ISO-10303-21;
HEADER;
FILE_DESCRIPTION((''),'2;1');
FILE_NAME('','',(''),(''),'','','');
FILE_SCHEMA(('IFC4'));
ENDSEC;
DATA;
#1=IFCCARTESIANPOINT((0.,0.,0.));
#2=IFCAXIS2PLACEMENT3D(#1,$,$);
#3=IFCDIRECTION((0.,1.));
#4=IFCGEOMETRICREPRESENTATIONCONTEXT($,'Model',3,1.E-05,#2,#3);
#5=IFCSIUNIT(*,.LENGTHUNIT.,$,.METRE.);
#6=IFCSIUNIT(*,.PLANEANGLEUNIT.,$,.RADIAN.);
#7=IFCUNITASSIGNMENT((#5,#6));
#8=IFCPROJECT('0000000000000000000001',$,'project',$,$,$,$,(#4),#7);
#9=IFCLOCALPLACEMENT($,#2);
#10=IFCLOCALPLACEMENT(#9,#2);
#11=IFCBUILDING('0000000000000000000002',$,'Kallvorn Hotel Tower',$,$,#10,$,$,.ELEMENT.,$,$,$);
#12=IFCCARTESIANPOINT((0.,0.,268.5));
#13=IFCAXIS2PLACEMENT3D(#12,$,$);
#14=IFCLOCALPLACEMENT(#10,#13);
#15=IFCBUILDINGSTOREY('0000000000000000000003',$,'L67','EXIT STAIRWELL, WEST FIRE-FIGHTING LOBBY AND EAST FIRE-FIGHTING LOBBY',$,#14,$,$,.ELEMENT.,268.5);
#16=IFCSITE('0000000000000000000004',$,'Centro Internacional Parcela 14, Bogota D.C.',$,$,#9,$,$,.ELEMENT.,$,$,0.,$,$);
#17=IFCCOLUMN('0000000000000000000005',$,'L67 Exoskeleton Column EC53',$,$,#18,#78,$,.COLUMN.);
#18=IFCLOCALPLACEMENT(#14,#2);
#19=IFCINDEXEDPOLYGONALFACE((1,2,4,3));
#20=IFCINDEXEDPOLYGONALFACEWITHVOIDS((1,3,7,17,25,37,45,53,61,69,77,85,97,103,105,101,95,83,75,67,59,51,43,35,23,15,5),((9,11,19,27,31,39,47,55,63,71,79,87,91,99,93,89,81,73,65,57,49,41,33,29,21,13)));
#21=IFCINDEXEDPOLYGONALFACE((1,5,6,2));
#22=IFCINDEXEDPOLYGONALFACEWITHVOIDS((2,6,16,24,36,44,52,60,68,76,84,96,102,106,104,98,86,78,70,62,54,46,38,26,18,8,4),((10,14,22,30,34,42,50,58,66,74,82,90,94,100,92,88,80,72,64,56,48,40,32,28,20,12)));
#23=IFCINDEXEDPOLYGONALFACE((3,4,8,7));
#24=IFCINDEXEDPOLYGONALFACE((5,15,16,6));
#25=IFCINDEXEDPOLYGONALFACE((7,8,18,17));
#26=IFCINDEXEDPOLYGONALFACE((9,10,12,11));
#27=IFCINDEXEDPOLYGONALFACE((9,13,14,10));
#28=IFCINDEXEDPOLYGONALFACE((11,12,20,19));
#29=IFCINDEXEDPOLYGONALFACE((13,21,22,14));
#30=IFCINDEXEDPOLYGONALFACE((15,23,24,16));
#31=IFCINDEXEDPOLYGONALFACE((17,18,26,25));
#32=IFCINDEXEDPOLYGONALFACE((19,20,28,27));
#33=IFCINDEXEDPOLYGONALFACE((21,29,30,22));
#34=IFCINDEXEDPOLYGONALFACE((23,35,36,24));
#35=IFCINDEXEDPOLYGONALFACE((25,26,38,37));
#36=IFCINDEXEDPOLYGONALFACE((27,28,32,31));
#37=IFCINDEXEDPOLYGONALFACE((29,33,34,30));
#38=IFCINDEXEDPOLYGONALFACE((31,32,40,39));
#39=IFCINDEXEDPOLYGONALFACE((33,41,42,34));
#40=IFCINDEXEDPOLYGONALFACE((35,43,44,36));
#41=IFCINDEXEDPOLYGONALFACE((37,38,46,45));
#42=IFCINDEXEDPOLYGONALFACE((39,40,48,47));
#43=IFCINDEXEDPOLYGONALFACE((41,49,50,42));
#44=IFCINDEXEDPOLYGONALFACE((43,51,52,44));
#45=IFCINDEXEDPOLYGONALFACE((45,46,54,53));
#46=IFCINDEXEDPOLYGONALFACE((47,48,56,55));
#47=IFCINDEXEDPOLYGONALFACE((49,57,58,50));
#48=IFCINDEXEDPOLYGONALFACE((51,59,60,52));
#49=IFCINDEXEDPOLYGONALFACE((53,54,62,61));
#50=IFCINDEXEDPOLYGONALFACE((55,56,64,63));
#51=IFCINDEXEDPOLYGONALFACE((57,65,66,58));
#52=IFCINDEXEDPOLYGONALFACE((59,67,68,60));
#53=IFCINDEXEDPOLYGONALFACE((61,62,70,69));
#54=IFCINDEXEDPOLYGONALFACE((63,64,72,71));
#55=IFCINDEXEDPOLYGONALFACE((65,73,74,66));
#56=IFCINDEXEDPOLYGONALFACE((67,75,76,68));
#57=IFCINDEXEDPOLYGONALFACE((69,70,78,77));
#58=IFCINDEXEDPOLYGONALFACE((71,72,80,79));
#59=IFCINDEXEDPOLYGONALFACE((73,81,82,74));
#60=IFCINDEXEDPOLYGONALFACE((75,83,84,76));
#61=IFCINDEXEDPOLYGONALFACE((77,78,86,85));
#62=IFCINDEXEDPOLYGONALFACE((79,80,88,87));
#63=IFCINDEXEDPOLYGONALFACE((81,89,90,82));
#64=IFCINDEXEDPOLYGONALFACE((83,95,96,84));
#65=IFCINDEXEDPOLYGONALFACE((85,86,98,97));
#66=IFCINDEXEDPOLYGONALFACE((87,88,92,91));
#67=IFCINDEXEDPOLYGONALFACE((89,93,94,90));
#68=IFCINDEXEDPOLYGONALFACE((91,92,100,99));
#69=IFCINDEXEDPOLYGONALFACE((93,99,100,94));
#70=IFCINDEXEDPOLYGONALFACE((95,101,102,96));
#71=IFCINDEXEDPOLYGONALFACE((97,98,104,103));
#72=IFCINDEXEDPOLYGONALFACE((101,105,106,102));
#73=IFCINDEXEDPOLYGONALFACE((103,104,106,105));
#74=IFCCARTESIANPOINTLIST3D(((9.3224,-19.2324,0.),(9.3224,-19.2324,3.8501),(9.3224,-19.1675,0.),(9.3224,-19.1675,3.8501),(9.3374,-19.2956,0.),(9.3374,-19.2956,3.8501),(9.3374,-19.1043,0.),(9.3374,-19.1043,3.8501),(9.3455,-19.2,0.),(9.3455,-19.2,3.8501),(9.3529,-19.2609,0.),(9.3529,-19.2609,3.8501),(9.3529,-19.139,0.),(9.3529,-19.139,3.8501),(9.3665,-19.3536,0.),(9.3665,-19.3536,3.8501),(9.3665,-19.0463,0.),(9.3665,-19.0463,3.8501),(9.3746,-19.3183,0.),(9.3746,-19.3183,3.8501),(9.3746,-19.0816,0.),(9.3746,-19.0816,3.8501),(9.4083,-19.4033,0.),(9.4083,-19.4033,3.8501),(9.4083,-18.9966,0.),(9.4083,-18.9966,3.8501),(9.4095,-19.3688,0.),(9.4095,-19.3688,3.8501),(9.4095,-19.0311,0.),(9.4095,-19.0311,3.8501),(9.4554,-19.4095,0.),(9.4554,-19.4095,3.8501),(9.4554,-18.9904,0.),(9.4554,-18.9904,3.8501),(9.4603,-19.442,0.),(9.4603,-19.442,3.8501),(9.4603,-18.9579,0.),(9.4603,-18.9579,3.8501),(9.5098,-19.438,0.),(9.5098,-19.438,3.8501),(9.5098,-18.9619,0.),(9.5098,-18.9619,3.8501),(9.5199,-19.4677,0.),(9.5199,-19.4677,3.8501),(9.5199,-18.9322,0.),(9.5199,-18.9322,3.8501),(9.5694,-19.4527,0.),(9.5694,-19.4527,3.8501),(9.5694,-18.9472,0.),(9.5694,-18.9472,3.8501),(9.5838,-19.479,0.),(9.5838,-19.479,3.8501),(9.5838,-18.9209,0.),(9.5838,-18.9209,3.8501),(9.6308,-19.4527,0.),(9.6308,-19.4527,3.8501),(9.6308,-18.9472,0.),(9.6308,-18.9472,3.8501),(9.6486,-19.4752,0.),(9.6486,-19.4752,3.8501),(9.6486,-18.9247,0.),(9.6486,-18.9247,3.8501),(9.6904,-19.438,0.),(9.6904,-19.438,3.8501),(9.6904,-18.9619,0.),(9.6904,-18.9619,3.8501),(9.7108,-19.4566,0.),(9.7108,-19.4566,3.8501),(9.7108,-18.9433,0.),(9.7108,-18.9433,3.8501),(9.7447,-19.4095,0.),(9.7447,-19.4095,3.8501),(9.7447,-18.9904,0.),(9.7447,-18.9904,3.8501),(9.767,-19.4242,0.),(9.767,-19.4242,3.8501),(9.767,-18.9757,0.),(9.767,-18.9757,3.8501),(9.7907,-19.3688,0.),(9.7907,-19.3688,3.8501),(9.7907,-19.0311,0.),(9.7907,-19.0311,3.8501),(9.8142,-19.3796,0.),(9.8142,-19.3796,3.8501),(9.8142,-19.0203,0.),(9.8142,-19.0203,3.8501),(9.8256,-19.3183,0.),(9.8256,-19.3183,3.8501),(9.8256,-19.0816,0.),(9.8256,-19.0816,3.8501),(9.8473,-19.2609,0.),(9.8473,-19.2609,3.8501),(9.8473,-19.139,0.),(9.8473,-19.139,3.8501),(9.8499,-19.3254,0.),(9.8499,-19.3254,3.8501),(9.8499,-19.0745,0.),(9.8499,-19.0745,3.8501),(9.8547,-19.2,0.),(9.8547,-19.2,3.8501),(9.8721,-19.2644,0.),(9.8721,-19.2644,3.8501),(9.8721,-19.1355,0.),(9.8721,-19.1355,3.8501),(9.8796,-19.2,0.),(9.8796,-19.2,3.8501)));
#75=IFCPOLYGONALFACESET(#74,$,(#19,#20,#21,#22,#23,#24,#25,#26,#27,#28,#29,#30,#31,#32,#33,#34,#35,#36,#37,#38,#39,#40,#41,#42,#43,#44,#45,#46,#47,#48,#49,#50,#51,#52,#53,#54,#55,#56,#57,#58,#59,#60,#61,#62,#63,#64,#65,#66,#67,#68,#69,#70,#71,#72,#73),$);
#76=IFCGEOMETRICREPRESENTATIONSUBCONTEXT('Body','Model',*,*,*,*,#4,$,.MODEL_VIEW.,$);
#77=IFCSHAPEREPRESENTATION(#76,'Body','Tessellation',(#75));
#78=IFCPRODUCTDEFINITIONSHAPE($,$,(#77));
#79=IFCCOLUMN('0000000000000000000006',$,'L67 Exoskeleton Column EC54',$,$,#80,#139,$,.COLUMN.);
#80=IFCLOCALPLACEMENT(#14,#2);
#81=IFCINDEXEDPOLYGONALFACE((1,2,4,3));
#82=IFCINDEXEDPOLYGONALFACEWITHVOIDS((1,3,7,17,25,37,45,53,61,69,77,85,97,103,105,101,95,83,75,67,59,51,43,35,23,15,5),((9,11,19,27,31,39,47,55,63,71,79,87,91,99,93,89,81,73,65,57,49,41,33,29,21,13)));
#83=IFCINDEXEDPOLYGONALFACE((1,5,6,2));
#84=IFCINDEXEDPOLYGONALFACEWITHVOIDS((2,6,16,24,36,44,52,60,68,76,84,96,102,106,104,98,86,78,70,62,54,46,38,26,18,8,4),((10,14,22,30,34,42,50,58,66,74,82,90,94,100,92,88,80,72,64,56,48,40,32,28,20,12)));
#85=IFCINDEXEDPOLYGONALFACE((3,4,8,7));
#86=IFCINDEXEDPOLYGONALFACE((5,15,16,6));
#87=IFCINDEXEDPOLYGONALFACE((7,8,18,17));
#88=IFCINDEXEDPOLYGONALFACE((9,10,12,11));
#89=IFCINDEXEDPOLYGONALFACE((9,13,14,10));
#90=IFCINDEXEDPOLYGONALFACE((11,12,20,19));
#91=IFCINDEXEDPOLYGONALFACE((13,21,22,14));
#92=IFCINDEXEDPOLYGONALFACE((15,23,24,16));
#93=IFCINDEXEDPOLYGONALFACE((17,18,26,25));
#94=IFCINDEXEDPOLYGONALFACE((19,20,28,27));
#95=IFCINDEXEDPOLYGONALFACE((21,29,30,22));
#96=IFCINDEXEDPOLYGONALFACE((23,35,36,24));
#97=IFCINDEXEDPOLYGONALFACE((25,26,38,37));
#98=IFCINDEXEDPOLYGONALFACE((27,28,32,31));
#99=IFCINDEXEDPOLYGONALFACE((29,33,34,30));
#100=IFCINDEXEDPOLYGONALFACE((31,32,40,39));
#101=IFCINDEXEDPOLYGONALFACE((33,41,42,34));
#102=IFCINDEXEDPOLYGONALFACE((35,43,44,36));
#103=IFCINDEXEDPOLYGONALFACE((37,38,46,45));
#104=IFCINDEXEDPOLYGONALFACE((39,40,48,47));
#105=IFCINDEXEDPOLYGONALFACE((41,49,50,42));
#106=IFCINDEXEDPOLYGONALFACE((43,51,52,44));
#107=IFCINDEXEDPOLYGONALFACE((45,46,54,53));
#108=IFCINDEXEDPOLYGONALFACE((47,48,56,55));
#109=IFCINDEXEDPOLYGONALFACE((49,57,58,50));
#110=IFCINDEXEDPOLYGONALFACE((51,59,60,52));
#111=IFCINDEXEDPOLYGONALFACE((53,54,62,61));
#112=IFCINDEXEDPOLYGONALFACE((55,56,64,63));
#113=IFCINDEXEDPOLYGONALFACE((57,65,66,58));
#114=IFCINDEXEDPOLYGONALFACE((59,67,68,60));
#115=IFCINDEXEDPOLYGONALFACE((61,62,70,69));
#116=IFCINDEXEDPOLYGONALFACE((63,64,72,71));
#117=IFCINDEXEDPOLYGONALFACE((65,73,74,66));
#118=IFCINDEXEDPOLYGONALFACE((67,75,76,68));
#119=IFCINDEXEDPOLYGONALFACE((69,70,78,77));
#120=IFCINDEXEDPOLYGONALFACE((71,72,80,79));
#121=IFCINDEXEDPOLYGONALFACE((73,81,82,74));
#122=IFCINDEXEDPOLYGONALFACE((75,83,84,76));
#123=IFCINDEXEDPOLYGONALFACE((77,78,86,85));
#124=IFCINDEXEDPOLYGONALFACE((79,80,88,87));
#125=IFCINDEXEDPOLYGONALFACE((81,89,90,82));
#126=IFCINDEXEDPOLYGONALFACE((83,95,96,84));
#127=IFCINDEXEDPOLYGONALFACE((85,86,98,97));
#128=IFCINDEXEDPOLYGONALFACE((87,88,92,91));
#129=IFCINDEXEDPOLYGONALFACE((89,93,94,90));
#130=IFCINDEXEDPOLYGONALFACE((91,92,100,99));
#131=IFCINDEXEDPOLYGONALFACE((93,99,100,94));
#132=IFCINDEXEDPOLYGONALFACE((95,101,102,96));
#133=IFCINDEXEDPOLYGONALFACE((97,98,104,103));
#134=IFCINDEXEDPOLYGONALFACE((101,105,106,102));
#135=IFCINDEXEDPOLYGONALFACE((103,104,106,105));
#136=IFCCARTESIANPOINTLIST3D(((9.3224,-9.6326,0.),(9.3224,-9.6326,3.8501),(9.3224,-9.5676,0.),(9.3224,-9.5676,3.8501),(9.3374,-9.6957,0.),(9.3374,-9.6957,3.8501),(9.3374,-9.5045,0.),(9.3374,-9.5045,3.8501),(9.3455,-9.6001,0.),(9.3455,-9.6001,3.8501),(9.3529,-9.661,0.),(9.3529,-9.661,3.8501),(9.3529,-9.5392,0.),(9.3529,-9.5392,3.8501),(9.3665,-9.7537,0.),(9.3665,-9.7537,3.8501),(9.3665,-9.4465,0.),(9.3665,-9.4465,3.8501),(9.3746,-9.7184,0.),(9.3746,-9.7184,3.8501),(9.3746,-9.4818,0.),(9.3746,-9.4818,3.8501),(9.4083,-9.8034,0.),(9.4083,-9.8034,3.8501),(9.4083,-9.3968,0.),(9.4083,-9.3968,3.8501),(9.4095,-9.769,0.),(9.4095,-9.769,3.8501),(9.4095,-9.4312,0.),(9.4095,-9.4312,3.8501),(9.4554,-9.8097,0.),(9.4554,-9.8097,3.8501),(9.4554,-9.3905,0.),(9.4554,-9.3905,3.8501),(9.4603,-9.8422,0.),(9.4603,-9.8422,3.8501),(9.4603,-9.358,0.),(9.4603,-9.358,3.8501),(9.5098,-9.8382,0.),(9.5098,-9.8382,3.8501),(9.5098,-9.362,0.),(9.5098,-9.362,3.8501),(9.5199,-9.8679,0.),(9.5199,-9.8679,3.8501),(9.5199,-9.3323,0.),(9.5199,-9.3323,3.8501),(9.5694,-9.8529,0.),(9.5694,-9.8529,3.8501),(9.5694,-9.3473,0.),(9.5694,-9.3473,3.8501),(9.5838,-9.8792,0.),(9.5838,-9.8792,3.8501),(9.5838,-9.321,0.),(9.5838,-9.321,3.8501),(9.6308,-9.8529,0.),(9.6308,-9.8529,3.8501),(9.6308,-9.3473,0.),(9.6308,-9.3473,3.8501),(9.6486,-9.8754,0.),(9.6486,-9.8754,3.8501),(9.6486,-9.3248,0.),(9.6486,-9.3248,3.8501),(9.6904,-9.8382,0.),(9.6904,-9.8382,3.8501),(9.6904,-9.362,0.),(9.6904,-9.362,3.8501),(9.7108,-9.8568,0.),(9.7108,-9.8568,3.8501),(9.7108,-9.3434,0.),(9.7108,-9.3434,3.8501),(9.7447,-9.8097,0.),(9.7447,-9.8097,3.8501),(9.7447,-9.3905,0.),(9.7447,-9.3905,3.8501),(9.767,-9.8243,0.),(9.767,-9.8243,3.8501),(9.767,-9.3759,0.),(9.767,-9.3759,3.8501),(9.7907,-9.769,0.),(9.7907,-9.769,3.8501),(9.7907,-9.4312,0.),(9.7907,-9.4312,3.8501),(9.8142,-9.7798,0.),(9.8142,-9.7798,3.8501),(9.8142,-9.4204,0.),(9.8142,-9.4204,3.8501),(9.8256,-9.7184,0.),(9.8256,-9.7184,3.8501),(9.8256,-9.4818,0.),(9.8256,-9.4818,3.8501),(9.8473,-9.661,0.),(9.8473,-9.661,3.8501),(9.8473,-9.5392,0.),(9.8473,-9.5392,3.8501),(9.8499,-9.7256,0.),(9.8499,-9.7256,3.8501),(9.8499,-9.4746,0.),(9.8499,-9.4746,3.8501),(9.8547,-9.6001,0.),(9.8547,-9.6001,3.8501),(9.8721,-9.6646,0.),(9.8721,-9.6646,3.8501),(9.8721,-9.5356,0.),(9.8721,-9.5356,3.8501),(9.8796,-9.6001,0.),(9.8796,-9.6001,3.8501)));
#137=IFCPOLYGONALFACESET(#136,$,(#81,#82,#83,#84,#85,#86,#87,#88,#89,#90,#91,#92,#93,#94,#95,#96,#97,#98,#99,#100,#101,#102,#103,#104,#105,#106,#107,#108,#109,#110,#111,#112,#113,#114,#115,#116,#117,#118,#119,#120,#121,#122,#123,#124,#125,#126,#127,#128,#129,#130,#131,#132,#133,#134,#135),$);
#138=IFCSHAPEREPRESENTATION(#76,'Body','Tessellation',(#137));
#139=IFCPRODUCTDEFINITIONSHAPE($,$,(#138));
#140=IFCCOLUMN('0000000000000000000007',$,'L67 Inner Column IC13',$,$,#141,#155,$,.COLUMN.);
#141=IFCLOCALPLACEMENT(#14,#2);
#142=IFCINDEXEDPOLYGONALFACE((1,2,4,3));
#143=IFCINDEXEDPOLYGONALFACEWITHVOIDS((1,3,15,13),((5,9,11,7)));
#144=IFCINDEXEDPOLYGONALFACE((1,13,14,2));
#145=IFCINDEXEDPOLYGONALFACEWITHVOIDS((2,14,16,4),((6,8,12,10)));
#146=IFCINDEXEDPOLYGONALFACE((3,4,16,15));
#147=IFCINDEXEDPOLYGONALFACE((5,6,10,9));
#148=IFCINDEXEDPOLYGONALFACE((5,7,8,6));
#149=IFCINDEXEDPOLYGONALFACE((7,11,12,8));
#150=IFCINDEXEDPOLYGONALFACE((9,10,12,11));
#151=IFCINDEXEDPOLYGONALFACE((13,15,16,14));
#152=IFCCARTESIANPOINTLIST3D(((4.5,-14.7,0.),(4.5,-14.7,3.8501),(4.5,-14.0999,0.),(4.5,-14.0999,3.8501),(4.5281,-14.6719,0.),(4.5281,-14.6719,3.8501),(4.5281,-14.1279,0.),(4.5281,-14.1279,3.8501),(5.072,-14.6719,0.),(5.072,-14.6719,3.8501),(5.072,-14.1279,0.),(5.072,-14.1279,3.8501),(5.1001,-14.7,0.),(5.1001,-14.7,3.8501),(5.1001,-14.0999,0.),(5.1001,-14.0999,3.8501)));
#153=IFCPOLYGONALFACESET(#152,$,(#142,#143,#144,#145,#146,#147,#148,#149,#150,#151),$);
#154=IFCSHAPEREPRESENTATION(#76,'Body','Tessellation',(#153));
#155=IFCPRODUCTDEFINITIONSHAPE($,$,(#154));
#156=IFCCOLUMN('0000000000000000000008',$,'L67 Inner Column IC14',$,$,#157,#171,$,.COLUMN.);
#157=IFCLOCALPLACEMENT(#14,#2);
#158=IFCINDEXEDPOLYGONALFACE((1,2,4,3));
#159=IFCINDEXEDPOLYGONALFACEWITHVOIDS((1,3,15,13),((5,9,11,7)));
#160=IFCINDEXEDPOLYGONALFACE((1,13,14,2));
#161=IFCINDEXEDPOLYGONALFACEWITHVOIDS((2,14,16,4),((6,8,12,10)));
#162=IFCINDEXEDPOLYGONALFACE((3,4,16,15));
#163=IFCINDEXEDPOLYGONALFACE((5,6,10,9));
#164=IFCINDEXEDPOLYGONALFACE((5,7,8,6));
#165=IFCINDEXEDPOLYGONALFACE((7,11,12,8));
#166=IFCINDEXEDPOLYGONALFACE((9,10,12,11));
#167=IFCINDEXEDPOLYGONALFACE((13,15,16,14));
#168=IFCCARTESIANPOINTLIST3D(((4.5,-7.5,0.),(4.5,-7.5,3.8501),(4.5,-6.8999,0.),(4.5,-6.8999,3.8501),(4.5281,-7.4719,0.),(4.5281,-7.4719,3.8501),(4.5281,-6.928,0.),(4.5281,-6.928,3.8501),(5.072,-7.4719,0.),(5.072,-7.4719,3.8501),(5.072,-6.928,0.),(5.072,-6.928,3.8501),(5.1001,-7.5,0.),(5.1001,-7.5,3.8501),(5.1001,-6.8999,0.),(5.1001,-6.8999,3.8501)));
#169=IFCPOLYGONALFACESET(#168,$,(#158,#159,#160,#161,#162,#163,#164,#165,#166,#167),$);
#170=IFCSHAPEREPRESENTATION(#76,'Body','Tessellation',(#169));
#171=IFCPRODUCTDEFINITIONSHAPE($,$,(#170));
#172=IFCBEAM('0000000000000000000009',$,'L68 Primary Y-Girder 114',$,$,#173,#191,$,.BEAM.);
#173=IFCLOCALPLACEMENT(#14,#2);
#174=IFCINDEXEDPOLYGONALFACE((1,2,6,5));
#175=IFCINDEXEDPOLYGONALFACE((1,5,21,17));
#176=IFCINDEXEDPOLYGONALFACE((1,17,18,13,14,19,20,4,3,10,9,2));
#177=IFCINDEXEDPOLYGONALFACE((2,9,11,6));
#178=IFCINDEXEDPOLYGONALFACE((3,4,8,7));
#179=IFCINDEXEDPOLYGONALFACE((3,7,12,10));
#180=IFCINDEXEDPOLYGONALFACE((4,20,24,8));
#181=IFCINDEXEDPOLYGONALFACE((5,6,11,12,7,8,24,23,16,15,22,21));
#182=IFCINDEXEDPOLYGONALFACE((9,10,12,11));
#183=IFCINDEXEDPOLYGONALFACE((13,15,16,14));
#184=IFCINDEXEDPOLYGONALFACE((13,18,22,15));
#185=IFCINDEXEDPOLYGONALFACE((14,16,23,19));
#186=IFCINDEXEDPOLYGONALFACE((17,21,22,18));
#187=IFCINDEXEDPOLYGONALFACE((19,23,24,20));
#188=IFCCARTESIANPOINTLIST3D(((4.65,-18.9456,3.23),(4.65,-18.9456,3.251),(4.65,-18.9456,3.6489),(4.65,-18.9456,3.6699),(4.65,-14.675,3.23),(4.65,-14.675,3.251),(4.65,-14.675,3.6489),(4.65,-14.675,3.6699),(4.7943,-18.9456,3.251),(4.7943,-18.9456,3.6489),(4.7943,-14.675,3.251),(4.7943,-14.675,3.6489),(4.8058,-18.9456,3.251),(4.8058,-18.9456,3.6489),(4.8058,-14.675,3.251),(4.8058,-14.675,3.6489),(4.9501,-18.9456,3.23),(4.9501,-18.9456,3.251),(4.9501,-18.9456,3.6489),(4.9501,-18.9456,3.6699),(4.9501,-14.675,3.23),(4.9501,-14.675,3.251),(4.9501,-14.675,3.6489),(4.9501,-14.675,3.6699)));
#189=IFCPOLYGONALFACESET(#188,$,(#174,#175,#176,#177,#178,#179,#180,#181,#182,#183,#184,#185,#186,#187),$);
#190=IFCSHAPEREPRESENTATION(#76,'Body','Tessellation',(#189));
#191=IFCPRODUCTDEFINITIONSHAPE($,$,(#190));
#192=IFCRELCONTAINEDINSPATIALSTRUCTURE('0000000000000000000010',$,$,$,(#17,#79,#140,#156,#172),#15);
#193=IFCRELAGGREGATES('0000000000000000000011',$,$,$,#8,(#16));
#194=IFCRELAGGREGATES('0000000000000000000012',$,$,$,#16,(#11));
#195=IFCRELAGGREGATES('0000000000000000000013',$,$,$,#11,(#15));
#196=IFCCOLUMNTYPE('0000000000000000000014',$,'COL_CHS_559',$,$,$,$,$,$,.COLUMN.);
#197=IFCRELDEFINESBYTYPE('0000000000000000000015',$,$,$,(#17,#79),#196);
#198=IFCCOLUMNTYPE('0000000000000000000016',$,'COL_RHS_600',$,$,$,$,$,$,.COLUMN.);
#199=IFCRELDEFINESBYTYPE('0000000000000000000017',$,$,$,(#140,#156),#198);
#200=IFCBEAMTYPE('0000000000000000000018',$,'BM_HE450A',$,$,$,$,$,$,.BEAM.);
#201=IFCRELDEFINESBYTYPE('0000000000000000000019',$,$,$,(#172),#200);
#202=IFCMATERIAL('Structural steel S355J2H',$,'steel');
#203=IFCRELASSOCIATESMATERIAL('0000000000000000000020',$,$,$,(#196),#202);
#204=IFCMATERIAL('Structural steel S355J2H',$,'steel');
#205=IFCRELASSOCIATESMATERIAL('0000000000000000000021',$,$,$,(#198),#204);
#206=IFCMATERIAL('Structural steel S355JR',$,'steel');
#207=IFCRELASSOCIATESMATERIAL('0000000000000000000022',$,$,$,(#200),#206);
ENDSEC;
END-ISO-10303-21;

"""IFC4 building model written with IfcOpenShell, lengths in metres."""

from ifc_helpers import new_model, si_unit, direction, frame, origin, origin_2d, place, context, subcontext, project, spatial, hollow_rectangle, hollow_circle, i_section, extrude, material, material_profile, profile_set, type_object, element, save


model = new_model("IFC4")

# Units and contexts
model_context = context("Model", 3, precision=1e-05, world=origin(), true_north=direction((0.0, 1.0)))
body_context = subcontext(model_context, "Body", "Model", "MODEL_VIEW")
ifc_project = project(units=[si_unit("LENGTHUNIT", "METRE"), si_unit("PLANEANGLEUNIT", "RADIAN")], contexts=[model_context])

# Site, building, storey
site_placement = place(None, origin())
site = spatial("IfcSite", under=ifc_project, at=site_placement, Name="Centro Internacional Parcela 14, Bogota D.C.", CompositionType="ELEMENT", RefElevation=0.0)
building_placement = place(site_placement, origin())
building = spatial("IfcBuilding", under=site, at=building_placement, Name="Kallvorn Hotel Tower", CompositionType="ELEMENT")
storey_placement = place(building_placement, frame((0.0, 0.0, 268.5)))
storey = spatial("IfcBuildingStorey", under=building, at=storey_placement, Name="L67", Description="EXIT STAIRWELL, WEST FIRE-FIGHTING LOBBY AND EAST FIRE-FIGHTING LOBBY", CompositionType="ELEMENT", Elevation=268.5)

# Columns
ifc_material_1 = material(Name="Structural steel S355J2H", Category="steel")
ifc_material_profile_1 = material_profile(ifc_material_1, hollow_circle(Radius=0.2795, WallThickness=0.0249, at=origin_2d()), Name="CHS 559x25")
ifc_profile_set_1 = profile_set([ifc_material_profile_1], Name="Structural steel S355J2H")
column_type_1 = type_object("IfcColumnType", Name="COL_CHS_559", PredefinedType="COLUMN", material=ifc_profile_set_1)
for number, where, z_axis, x_axis, name in (
    (1, (9.6001, -19.2, 0.0), (0.0, 0.0, 1.0), (1.0, 0.0, 0.0), "L67 Exoskeleton Column EC53"),
    (2, (9.6001, -9.6001, 0.0), (0.0, 0.0, 1.0), (1.0, 0.0, 0.0), "L67 Exoskeleton Column EC54"),
):
    element("IfcColumn", number, at=place(storey_placement, frame(where, z_axis=z_axis, x_axis=x_axis)), inside=storey, type_object=column_type_1, Name=name, PredefinedType="COLUMN", context=body_context, shape_type="SweptSolid", body=[
        extrude(hollow_circle(Radius=0.2795, WallThickness=0.0249, at=origin_2d()), origin(), (0.0, 0.0, 1.0), 3.8501),
    ])
ifc_material_2 = material(Name="Structural steel S355J2H", Category="steel")
ifc_material_profile_2 = material_profile(ifc_material_2, hollow_rectangle(XDim=0.6001, YDim=0.6001, WallThickness=0.0281, at=origin_2d()), Name="RHS 600x600x28")
ifc_profile_set_2 = profile_set([ifc_material_profile_2], Name="Structural steel S355J2H")
column_type_2 = type_object("IfcColumnType", Name="COL_RHS_600", PredefinedType="COLUMN", material=ifc_profile_set_2)
for number, where, z_axis, x_axis, name in (
    (3, (4.8, -14.3999, 0.0), (0.0, 0.0, 1.0), (1.0, 0.0, 0.0), "L67 Inner Column IC13"),
    (4, (4.8, -7.2, 0.0), (0.0, 0.0, 1.0), (1.0, 0.0, 0.0), "L67 Inner Column IC14"),
):
    element("IfcColumn", number, at=place(storey_placement, frame(where, z_axis=z_axis, x_axis=x_axis)), inside=storey, type_object=column_type_2, Name=name, PredefinedType="COLUMN", context=body_context, shape_type="SweptSolid", body=[
        extrude(hollow_rectangle(XDim=0.6001, YDim=0.6001, WallThickness=0.0281, at=origin_2d()), origin(), (0.0, 0.0, 1.0), 3.8501),
    ])

# Beam
ifc_material_3 = material(Name="Structural steel S355JR", Category="steel")
ifc_material_profile_3 = material_profile(ifc_material_3, i_section(OverallWidth=0.3, OverallDepth=0.4399, WebThickness=0.0115, FlangeThickness=0.021, at=origin_2d()), Name="HE 450 A")
ifc_profile_set_3 = profile_set([ifc_material_profile_3], Name="Structural steel S355JR")
beam_type_1 = type_object("IfcBeamType", Name="BM_HE450A", PredefinedType="BEAM", material=ifc_profile_set_3)
beam_1_placement = place(storey_placement, frame((4.8, -18.9456, 3.45), z_axis=(0.0, 1.0, 0.0), x_axis=(-1.0, 0.0, 0.0)))
element("IfcBeam", 5, at=beam_1_placement, inside=storey, type_object=beam_type_1, Name="L68 Primary Y-Girder 114", PredefinedType="BEAM", context=body_context, shape_type="SweptSolid", body=[
    extrude(i_section(OverallWidth=0.3, OverallDepth=0.4399, WebThickness=0.0115, FlangeThickness=0.021, at=origin_2d()), origin(), (0.0, 0.0, 1.0), 4.2705),
])

save(model, "model.ifc")
